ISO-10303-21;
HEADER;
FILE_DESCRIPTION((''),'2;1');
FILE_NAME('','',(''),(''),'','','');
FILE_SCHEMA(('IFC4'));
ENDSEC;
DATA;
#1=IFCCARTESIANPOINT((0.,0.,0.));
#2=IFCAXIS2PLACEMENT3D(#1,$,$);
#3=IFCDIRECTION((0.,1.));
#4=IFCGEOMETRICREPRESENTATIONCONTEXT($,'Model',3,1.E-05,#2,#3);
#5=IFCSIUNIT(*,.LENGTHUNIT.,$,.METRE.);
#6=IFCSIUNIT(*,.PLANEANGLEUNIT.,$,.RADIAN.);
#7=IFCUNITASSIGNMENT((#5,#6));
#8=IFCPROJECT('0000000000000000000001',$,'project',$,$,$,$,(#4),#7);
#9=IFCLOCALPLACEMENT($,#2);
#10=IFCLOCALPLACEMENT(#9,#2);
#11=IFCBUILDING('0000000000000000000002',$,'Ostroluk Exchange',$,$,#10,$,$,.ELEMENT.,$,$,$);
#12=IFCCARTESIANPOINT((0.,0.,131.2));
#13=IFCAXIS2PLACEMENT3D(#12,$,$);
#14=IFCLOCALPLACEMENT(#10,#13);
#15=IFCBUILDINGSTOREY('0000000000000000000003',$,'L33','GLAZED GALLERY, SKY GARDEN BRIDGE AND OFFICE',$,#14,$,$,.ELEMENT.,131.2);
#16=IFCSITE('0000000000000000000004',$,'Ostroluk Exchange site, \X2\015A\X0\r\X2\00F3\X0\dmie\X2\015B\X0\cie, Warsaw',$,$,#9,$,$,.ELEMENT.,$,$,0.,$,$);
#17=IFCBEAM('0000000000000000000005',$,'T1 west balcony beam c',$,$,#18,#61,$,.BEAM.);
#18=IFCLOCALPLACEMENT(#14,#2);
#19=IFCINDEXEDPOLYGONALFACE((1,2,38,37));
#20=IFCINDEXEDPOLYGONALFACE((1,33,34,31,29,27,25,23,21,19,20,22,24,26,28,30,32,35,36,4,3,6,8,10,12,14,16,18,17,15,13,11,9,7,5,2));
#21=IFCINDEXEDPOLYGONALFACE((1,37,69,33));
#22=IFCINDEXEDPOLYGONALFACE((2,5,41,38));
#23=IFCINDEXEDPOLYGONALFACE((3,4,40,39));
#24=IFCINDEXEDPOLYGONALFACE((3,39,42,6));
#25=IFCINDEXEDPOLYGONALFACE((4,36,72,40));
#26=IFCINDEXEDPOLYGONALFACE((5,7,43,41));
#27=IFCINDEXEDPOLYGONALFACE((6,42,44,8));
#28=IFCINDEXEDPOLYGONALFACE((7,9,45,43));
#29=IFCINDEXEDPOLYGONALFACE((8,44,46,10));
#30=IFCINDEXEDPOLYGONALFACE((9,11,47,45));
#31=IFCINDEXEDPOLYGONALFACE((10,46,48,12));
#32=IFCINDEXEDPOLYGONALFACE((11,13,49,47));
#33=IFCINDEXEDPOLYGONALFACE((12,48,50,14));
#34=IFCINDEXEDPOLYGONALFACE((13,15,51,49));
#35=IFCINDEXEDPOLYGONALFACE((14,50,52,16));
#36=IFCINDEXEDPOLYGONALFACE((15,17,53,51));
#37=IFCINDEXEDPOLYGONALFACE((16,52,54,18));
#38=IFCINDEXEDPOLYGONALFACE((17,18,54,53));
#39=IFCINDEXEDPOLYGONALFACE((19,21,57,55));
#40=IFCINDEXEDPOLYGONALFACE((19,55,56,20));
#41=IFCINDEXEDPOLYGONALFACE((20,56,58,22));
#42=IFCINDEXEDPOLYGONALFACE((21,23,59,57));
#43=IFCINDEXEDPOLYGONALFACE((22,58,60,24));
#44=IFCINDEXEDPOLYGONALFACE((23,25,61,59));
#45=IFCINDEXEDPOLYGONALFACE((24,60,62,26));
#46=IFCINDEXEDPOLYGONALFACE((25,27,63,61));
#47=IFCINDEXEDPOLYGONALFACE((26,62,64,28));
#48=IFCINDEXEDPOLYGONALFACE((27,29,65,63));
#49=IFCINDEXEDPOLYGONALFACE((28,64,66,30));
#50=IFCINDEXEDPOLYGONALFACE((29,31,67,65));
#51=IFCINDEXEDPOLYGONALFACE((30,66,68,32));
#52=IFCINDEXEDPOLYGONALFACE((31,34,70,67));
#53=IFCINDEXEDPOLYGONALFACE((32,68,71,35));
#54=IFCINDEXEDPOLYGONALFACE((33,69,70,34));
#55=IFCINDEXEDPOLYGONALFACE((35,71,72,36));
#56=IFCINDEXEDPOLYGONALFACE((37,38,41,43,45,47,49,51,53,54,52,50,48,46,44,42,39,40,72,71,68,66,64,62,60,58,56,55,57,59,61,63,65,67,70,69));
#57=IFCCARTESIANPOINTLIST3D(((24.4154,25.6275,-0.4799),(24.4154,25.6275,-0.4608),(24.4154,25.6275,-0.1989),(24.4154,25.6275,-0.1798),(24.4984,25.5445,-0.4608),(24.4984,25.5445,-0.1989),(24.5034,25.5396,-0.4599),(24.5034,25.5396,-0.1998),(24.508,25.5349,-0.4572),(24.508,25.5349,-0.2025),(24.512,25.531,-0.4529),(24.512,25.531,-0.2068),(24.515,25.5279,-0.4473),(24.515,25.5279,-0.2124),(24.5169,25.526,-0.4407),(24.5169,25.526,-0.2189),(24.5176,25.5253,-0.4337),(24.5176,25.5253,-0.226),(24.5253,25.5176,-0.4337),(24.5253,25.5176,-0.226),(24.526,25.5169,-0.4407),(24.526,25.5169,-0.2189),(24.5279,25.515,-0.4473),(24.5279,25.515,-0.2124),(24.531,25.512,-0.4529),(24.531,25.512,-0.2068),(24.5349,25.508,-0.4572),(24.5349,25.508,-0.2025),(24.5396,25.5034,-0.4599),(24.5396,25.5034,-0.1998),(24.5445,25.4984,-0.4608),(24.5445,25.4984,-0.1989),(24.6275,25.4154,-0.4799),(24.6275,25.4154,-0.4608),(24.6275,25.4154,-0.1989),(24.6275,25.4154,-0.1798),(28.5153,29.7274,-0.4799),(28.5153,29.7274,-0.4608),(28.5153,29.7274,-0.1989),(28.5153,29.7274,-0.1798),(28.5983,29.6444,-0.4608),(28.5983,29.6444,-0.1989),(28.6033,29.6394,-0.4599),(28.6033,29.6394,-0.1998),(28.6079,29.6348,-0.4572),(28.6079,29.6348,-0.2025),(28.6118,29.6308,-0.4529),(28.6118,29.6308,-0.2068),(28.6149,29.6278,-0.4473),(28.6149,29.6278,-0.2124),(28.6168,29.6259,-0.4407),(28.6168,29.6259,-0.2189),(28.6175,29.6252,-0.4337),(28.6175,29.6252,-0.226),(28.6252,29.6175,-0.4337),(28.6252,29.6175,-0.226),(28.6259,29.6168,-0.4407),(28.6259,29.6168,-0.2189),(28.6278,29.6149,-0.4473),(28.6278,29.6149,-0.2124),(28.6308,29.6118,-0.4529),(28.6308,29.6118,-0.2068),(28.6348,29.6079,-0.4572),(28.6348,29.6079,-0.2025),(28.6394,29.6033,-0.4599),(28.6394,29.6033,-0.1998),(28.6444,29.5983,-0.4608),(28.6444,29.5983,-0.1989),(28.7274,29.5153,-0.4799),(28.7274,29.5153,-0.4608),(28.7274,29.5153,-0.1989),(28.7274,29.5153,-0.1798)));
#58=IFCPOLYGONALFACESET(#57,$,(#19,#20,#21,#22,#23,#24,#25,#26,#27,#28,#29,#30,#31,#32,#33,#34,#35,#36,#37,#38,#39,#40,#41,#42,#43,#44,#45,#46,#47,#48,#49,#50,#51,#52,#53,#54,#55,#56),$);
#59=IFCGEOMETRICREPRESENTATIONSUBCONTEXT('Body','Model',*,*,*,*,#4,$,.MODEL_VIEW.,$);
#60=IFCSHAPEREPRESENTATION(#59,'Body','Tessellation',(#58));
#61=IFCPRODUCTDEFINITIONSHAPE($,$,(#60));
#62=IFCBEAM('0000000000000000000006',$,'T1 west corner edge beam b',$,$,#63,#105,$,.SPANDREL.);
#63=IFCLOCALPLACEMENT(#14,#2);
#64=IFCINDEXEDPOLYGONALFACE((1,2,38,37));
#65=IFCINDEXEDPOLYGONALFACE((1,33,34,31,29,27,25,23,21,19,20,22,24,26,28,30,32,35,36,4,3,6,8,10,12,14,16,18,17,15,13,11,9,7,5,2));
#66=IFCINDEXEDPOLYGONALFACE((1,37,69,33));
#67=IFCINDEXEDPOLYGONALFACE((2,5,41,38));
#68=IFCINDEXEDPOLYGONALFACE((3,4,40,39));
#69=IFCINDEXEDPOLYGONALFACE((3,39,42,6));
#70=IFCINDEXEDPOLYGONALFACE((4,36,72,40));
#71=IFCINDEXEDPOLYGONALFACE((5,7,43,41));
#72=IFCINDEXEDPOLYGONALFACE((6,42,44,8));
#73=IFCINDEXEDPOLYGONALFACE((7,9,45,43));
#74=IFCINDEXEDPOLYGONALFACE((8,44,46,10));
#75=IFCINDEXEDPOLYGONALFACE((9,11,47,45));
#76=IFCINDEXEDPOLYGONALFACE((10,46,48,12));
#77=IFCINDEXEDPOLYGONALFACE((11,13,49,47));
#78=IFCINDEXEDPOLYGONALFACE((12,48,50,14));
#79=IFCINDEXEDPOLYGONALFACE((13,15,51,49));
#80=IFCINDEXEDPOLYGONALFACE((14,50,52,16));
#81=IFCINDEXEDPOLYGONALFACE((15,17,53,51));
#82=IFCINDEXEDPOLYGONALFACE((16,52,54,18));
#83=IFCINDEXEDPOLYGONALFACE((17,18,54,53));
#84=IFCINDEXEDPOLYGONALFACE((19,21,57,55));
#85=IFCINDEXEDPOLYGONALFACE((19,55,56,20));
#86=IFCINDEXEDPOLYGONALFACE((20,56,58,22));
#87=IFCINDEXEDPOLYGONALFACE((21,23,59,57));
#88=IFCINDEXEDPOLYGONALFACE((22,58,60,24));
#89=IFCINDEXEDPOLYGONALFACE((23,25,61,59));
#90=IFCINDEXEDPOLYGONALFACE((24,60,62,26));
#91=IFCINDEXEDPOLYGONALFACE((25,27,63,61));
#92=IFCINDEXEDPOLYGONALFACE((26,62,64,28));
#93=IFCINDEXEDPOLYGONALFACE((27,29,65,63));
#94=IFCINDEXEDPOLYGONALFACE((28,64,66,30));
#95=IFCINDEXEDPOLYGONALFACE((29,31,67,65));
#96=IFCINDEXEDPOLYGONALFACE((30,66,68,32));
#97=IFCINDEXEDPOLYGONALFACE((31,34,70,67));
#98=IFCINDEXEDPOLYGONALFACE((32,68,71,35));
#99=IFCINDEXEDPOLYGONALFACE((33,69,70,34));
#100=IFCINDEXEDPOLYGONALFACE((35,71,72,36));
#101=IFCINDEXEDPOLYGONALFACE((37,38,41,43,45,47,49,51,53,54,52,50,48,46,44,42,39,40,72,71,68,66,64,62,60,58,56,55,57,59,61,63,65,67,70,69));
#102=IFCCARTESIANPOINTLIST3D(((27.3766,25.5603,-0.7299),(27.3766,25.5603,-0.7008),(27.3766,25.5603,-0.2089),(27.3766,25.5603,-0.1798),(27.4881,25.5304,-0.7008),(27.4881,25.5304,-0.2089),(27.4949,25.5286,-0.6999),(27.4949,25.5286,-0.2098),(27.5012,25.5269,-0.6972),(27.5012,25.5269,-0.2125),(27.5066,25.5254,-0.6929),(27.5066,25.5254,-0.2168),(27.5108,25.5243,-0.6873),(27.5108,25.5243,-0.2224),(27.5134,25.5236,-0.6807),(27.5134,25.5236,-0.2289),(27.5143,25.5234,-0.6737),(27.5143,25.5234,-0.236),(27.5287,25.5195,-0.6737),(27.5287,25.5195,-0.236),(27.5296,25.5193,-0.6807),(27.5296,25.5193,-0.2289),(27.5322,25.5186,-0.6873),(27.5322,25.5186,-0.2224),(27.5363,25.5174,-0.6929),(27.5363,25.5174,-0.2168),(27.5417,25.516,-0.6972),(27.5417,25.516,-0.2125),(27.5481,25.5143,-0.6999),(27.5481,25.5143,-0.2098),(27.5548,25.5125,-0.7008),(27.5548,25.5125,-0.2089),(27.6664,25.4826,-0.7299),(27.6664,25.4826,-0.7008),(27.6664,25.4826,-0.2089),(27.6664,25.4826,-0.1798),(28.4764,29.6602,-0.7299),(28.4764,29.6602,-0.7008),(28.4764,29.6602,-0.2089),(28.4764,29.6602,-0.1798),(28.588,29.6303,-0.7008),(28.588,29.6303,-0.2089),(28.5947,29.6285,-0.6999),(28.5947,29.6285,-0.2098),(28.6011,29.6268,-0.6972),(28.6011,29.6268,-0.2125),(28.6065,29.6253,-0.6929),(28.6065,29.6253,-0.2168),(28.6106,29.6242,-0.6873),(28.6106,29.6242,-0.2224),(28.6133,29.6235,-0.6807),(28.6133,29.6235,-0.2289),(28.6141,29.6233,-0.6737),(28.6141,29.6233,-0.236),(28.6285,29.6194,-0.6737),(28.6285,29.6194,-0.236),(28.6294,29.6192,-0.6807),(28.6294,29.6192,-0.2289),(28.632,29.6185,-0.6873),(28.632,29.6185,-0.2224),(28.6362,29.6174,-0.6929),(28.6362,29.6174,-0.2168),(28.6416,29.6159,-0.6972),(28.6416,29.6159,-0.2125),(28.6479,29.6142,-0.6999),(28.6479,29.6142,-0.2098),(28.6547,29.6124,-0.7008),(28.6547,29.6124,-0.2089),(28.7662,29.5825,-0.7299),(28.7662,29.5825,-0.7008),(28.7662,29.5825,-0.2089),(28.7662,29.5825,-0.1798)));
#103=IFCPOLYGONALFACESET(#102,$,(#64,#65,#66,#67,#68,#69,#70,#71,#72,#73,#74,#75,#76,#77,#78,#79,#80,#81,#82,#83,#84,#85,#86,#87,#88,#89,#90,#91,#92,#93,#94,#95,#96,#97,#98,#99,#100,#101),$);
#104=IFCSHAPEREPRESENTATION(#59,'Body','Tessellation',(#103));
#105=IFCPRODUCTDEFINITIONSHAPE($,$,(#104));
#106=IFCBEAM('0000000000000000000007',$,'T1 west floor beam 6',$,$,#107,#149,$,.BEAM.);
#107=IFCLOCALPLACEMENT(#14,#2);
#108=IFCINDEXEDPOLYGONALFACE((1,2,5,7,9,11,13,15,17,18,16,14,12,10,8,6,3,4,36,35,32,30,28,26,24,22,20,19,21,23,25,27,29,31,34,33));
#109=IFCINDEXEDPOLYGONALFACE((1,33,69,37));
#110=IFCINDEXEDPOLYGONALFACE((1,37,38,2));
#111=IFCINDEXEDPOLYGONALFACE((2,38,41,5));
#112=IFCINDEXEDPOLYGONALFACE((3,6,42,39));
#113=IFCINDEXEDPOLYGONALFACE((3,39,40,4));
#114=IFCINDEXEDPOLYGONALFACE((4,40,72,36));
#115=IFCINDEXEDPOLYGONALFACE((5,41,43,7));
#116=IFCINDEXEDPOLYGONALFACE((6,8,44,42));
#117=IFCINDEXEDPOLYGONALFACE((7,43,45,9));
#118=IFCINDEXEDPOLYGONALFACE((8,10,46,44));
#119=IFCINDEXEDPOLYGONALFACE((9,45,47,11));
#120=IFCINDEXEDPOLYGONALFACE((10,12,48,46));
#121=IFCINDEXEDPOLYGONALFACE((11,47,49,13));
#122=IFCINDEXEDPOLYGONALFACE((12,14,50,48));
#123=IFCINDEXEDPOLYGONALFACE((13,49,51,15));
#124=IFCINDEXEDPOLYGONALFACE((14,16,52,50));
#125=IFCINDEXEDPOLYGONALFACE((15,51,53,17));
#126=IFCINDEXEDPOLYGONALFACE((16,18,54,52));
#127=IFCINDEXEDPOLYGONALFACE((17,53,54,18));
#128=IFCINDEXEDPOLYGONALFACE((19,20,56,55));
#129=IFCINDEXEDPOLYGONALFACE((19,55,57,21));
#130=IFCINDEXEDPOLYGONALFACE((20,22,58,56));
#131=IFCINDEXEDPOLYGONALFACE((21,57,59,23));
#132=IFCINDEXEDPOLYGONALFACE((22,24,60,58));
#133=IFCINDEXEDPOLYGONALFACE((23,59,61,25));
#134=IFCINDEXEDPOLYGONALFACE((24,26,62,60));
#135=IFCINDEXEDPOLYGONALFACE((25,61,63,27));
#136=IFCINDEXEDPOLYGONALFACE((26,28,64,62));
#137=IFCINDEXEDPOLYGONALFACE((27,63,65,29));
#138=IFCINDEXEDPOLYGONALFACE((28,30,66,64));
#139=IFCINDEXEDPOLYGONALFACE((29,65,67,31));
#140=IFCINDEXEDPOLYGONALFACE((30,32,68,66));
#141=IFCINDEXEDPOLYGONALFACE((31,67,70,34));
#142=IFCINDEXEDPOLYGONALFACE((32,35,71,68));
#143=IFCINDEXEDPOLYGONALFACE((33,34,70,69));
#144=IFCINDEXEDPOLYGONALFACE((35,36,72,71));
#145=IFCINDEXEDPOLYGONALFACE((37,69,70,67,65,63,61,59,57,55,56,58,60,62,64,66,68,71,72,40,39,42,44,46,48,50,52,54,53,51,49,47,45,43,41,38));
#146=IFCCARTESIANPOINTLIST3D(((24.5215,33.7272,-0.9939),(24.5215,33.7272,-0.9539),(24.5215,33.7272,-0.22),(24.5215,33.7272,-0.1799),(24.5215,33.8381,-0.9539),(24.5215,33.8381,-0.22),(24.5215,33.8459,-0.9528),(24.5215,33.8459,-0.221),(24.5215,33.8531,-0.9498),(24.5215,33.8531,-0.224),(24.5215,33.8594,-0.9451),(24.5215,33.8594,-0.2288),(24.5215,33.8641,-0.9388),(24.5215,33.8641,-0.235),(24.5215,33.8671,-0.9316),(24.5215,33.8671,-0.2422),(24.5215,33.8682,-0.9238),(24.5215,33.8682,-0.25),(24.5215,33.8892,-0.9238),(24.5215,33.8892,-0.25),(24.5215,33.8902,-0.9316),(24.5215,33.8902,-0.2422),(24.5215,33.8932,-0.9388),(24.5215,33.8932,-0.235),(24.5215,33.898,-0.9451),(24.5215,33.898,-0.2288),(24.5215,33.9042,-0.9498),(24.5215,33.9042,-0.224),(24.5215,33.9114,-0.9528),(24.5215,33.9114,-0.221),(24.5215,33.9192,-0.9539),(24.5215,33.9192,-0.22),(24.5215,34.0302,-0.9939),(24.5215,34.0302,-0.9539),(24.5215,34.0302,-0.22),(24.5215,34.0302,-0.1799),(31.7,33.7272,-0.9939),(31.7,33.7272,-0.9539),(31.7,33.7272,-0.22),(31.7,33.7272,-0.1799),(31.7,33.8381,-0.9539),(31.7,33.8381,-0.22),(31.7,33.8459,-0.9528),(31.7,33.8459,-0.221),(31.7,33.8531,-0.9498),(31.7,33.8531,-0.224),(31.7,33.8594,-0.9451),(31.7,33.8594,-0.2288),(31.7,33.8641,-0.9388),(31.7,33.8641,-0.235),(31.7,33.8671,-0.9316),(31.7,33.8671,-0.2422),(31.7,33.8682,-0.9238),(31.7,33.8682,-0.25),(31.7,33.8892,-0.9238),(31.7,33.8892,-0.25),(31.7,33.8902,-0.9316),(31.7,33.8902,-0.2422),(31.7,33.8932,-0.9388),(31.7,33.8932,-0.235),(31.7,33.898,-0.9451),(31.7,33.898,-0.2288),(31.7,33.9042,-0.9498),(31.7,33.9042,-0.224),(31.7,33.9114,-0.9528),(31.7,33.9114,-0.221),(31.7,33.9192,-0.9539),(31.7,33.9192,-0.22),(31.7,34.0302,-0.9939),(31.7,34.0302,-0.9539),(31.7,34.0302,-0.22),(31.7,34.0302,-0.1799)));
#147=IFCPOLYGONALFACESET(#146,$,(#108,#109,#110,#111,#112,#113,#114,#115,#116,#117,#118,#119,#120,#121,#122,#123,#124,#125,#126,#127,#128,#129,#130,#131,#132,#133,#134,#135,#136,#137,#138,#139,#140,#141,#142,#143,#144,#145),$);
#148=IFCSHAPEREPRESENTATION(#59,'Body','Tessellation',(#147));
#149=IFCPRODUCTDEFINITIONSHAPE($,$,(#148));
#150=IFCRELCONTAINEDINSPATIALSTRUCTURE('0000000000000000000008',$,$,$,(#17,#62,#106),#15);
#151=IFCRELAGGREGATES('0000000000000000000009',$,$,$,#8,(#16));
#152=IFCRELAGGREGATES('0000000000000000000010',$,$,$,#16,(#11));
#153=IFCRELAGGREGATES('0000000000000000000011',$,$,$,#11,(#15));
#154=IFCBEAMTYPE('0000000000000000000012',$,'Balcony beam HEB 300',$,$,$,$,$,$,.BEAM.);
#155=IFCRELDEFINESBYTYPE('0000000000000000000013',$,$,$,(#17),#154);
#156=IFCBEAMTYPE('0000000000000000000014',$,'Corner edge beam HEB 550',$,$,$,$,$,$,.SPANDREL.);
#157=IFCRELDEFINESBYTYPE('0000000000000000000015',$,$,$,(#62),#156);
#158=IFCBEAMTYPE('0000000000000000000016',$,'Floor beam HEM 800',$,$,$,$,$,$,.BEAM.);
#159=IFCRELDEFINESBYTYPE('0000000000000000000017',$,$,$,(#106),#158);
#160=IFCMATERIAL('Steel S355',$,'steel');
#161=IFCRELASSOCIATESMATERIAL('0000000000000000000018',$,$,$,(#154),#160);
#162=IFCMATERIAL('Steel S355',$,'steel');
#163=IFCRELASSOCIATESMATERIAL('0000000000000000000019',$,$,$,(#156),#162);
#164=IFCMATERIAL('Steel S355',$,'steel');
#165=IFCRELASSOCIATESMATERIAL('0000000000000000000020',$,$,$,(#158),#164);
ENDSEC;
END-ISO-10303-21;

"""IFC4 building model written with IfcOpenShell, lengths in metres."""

from ifc_helpers import new_model, si_unit, direction, frame, origin, origin_2d, place, context, subcontext, project, spatial, i_section, extrude, material, material_profile, profile_set, type_object, element, save


model = new_model("IFC4")

# Units and contexts
model_context = context("Model", 3, precision=1e-05, world=origin(), true_north=direction((0.0, 1.0)))
body_context = subcontext(model_context, "Body", "Model", "MODEL_VIEW")
ifc_project = project(units=[si_unit("LENGTHUNIT", "METRE"), si_unit("PLANEANGLEUNIT", "RADIAN")], contexts=[model_context])

# Site, building, storey
site_placement = place(None, origin())
site = spatial("IfcSite", under=ifc_project, at=site_placement, Name="Ostroluk Exchange site, Śródmieście, Warsaw", CompositionType="ELEMENT", RefElevation=0.0)
building_placement = place(site_placement, origin())
building = spatial("IfcBuilding", under=site, at=building_placement, Name="Ostroluk Exchange", CompositionType="ELEMENT")
storey_placement = place(building_placement, frame((0.0, 0.0, 131.2)))
storey = spatial("IfcBuildingStorey", under=building, at=storey_placement, Name="L33", Description="GLAZED GALLERY, SKY GARDEN BRIDGE AND OFFICE", CompositionType="ELEMENT", Elevation=131.2)

# Beams
ifc_material_1 = material(Name="Steel S355", Category="steel")
ifc_material_profile_1 = material_profile(ifc_material_1, i_section(OverallWidth=0.3, OverallDepth=0.3, WebThickness=0.011, FlangeThickness=0.019, FilletRadius=0.0271, at=origin_2d()), Name="HEB 300")
ifc_profile_set_1 = profile_set([ifc_material_profile_1], Name="Steel S355")
beam_type_1 = type_object("IfcBeamType", Name="Balcony beam HEB 300", PredefinedType="BEAM", material=ifc_profile_set_1)
beam_1_placement = place(storey_placement, frame((28.6213, 29.6213, -0.3298), z_axis=(-0.707107, -0.707107, 0.0), x_axis=(0.707107, -0.707107, 0.0)))
element("IfcBeam", 1, at=beam_1_placement, inside=storey, type_object=beam_type_1, Name="T1 west balcony beam c", PredefinedType="BEAM", context=body_context, shape_type="SweptSolid", body=[
    extrude(i_section(OverallWidth=0.3, OverallDepth=0.3, WebThickness=0.011, FlangeThickness=0.019, FilletRadius=0.0271, at=origin_2d()), origin(), (0.0, 0.0, 1.0), 5.7981),
])
ifc_material_2 = material(Name="Steel S355", Category="steel")
ifc_material_profile_2 = material_profile(ifc_material_2, i_section(OverallWidth=0.3, OverallDepth=0.55, WebThickness=0.0149, FlangeThickness=0.0291, FilletRadius=0.0271, at=origin_2d()), Name="HEB 550")
ifc_profile_set_2 = profile_set([ifc_material_profile_2], Name="Steel S355")
beam_type_2 = type_object("IfcBeamType", Name="Corner edge beam HEB 550", PredefinedType="SPANDREL", material=ifc_profile_set_2)
beam_2_placement = place(storey_placement, frame((28.6213, 29.6213, -0.4548), z_axis=(-0.259105, -0.965849, 0.0), x_axis=(0.965849, -0.259105, 0.0)))
element("IfcBeam", 2, at=beam_2_placement, inside=storey, type_object=beam_type_2, Name="T1 west corner edge beam b", PredefinedType="SPANDREL", context=body_context, shape_type="SweptSolid", body=[
    extrude(i_section(OverallWidth=0.3, OverallDepth=0.55, WebThickness=0.0149, FlangeThickness=0.0291, FilletRadius=0.0271, at=origin_2d()), origin(), (0.0, 0.0, 1.0), 4.2449),
])
ifc_material_3 = material(Name="Steel S355", Category="steel")
ifc_material_profile_3 = material_profile(ifc_material_3, i_section(OverallWidth=0.303, OverallDepth=0.814, WebThickness=0.021, FlangeThickness=0.04, FilletRadius=0.03, at=origin_2d()), Name="HEM 800")
ifc_profile_set_3 = profile_set([ifc_material_profile_3], Name="Steel S355")
beam_type_3 = type_object("IfcBeamType", Name="Floor beam HEM 800", PredefinedType="BEAM", material=ifc_profile_set_3)
beam_3_placement = place(storey_placement, frame((31.7, 33.8787, -0.5869), z_axis=(-1.0, 0.0, 0.0), x_axis=(0.0, -1.0, 0.0)))
element("IfcBeam", 3, at=beam_3_placement, inside=storey, type_object=beam_type_3, Name="T1 west floor beam 6", PredefinedType="BEAM", context=body_context, shape_type="SweptSolid", body=[
    extrude(i_section(OverallWidth=0.303, OverallDepth=0.814, WebThickness=0.021, FlangeThickness=0.04, FilletRadius=0.03, at=origin_2d()), origin(), (0.0, 0.0, 1.0), 7.1785),
])

save(model, "model.ifc")
